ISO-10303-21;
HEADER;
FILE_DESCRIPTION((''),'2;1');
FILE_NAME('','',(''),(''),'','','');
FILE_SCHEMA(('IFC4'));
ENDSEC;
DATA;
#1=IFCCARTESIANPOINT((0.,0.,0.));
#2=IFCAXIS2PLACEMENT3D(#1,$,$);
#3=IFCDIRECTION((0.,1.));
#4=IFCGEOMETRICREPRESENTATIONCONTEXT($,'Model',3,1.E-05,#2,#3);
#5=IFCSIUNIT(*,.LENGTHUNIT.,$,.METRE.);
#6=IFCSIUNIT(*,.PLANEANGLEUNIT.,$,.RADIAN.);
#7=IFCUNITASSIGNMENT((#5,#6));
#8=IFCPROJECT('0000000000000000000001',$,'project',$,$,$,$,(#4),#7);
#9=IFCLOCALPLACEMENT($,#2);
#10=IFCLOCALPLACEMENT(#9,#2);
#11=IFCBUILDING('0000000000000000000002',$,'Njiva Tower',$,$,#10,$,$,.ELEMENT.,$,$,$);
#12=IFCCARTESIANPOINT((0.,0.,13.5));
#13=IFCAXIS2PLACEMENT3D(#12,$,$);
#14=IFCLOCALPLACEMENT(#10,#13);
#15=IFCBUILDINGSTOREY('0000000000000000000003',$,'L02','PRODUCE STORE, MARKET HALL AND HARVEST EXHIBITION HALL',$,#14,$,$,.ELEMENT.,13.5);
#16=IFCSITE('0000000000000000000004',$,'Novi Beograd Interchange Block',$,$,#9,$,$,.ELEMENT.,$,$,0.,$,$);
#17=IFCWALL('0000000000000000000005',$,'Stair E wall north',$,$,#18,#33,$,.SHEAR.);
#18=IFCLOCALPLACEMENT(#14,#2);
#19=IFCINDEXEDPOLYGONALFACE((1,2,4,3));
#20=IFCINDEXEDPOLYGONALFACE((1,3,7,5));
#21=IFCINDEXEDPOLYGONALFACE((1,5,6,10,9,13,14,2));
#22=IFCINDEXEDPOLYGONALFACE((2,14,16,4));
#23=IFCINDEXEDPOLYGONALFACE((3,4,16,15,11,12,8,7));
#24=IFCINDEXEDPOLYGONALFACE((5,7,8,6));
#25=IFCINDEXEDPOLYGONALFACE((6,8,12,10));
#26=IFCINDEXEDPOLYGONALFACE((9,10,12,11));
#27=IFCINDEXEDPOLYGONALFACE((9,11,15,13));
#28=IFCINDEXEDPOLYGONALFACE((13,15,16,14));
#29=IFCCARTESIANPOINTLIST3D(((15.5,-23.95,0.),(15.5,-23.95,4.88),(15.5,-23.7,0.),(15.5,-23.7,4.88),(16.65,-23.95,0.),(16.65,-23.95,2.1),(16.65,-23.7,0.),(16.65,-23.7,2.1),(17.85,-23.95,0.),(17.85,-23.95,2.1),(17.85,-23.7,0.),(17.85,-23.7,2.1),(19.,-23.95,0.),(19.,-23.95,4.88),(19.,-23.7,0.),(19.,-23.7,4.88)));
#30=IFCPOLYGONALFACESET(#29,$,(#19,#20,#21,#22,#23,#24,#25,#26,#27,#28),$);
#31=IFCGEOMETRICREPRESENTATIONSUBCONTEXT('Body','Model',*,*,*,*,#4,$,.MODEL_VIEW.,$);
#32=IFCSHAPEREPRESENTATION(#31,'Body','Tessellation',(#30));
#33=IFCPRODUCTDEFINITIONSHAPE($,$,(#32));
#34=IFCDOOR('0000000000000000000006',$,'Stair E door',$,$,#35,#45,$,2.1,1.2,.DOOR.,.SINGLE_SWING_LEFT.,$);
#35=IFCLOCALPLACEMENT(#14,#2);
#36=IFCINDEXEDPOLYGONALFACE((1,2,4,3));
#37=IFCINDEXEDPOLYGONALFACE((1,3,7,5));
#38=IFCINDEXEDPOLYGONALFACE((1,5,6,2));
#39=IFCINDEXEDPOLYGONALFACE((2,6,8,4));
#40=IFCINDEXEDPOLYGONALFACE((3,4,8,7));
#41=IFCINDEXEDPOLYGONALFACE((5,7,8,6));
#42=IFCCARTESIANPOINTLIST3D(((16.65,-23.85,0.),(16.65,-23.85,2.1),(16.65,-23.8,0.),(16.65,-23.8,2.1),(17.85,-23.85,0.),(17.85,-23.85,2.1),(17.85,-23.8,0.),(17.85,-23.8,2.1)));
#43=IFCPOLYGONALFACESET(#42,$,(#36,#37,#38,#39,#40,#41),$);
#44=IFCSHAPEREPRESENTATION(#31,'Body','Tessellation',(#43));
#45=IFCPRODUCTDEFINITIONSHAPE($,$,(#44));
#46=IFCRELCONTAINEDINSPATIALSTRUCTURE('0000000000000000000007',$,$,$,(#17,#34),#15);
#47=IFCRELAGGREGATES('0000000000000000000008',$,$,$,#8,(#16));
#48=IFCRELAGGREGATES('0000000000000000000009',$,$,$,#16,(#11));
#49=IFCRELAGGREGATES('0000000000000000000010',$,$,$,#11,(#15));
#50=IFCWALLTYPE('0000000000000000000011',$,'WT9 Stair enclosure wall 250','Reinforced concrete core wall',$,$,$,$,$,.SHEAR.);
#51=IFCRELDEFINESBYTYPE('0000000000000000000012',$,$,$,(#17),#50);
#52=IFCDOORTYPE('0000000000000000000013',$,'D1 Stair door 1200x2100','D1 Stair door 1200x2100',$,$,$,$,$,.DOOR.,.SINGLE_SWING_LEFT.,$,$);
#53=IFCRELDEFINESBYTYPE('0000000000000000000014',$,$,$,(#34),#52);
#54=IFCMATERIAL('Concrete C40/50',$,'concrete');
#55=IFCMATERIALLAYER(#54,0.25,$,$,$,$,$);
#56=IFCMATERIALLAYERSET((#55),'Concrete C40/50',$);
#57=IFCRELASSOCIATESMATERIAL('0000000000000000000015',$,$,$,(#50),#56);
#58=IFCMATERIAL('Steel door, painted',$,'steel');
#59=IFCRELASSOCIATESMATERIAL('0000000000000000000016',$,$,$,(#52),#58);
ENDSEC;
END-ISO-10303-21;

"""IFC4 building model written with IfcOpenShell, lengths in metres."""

from ifc_helpers import new_model, si_unit, direction, frame, frame_2d, origin, place, context, subcontext, project, spatial, rectangle, extrude, material, layer, layer_set, type_object, element, fill, save


model = new_model("IFC4")

# Units and contexts
model_context = context("Model", 3, precision=1e-05, world=origin(), true_north=direction((0.0, 1.0)))
body_context = subcontext(model_context, "Body", "Model", "MODEL_VIEW")
ifc_project = project(units=[si_unit("LENGTHUNIT", "METRE"), si_unit("PLANEANGLEUNIT", "RADIAN")], contexts=[model_context])

# Site, building, storey
site_placement = place(None, origin())
site = spatial("IfcSite", under=ifc_project, at=site_placement, Name="Novi Beograd Interchange Block", CompositionType="ELEMENT", RefElevation=0.0)
building_placement = place(site_placement, origin())
building = spatial("IfcBuilding", under=site, at=building_placement, Name="Njiva Tower", CompositionType="ELEMENT")
storey_placement = place(building_placement, frame((0.0, 0.0, 13.5)))
storey = spatial("IfcBuildingStorey", under=building, at=storey_placement, Name="L02", Description="PRODUCE STORE, MARKET HALL AND HARVEST EXHIBITION HALL", CompositionType="ELEMENT", Elevation=13.5)

# Shared definitions
ifc_material_1 = material(Name="Concrete C40/50", Category="concrete")
ifc_layer_1 = layer(ifc_material_1, 0.25)
ifc_layer_set_1 = layer_set([ifc_layer_1], Name="Concrete C40/50")
wall_type_1 = type_object("IfcWallType", Name="WT9 Stair enclosure wall 250", Description="Reinforced concrete core wall", PredefinedType="SHEAR", material=ifc_layer_set_1)

# Wall, opening, door
wall_1_placement = place(storey_placement, frame((15.5, -23.825, 0.0), z_axis=(0.0, 0.0, 1.0), x_axis=(1.0, 0.0, 0.0)))
wall_1 = element("IfcWall", 1, at=wall_1_placement, inside=storey, type_object=wall_type_1, Name="Stair E wall north", PredefinedType="SHEAR", context=body_context, shape_type="SweptSolid", body=[
    extrude(rectangle(XDim=3.5, YDim=0.25, at=frame_2d((1.75, 0.0))), origin(), (0.0, 0.0, 1.0), 4.88),
])
opening_1_placement = place(wall_1_placement, frame((1.15, 0.0, 0.0)))
opening_1 = element("IfcOpeningElement", 2, at=opening_1_placement, cuts=wall_1, PredefinedType="OPENING", context=body_context, shape_type="SweptSolid", body=[
    extrude(rectangle(XDim=1.2, YDim=2.1, at=frame_2d((0.6, 1.05))), frame((0.0, 0.135, 0.0), z_axis=(0.0, -1.0, 0.0), x_axis=(1.0, 0.0, 0.0)), (0.0, 0.0, 1.0), 0.27),
])
ifc_material_2 = material(Name="Steel door, painted", Category="steel")
door_type_1 = type_object("IfcDoorType", Name="D1 Stair door 1200x2100", Description="D1 Stair door 1200x2100", OperationType="SINGLE_SWING_LEFT", PredefinedType="DOOR", material=ifc_material_2)
door_1_placement = place(opening_1_placement, origin())
door_1 = element("IfcDoor", 3, at=door_1_placement, inside=storey, type_object=door_type_1, Name="Stair E door", OperationType="SINGLE_SWING_LEFT", OverallHeight=2.1, OverallWidth=1.2, PredefinedType="DOOR", context=body_context, shape_type="SweptSolid", body=[
    extrude(rectangle(XDim=1.2, YDim=2.1, at=frame_2d((0.6, 1.05))), frame((0.0, 0.025, 0.0), z_axis=(0.0, -1.0, 0.0), x_axis=(1.0, 0.0, 0.0)), (0.0, 0.0, 1.0), 0.05),
])
fill(opening_1, door_1)

save(model, "model.ifc")
